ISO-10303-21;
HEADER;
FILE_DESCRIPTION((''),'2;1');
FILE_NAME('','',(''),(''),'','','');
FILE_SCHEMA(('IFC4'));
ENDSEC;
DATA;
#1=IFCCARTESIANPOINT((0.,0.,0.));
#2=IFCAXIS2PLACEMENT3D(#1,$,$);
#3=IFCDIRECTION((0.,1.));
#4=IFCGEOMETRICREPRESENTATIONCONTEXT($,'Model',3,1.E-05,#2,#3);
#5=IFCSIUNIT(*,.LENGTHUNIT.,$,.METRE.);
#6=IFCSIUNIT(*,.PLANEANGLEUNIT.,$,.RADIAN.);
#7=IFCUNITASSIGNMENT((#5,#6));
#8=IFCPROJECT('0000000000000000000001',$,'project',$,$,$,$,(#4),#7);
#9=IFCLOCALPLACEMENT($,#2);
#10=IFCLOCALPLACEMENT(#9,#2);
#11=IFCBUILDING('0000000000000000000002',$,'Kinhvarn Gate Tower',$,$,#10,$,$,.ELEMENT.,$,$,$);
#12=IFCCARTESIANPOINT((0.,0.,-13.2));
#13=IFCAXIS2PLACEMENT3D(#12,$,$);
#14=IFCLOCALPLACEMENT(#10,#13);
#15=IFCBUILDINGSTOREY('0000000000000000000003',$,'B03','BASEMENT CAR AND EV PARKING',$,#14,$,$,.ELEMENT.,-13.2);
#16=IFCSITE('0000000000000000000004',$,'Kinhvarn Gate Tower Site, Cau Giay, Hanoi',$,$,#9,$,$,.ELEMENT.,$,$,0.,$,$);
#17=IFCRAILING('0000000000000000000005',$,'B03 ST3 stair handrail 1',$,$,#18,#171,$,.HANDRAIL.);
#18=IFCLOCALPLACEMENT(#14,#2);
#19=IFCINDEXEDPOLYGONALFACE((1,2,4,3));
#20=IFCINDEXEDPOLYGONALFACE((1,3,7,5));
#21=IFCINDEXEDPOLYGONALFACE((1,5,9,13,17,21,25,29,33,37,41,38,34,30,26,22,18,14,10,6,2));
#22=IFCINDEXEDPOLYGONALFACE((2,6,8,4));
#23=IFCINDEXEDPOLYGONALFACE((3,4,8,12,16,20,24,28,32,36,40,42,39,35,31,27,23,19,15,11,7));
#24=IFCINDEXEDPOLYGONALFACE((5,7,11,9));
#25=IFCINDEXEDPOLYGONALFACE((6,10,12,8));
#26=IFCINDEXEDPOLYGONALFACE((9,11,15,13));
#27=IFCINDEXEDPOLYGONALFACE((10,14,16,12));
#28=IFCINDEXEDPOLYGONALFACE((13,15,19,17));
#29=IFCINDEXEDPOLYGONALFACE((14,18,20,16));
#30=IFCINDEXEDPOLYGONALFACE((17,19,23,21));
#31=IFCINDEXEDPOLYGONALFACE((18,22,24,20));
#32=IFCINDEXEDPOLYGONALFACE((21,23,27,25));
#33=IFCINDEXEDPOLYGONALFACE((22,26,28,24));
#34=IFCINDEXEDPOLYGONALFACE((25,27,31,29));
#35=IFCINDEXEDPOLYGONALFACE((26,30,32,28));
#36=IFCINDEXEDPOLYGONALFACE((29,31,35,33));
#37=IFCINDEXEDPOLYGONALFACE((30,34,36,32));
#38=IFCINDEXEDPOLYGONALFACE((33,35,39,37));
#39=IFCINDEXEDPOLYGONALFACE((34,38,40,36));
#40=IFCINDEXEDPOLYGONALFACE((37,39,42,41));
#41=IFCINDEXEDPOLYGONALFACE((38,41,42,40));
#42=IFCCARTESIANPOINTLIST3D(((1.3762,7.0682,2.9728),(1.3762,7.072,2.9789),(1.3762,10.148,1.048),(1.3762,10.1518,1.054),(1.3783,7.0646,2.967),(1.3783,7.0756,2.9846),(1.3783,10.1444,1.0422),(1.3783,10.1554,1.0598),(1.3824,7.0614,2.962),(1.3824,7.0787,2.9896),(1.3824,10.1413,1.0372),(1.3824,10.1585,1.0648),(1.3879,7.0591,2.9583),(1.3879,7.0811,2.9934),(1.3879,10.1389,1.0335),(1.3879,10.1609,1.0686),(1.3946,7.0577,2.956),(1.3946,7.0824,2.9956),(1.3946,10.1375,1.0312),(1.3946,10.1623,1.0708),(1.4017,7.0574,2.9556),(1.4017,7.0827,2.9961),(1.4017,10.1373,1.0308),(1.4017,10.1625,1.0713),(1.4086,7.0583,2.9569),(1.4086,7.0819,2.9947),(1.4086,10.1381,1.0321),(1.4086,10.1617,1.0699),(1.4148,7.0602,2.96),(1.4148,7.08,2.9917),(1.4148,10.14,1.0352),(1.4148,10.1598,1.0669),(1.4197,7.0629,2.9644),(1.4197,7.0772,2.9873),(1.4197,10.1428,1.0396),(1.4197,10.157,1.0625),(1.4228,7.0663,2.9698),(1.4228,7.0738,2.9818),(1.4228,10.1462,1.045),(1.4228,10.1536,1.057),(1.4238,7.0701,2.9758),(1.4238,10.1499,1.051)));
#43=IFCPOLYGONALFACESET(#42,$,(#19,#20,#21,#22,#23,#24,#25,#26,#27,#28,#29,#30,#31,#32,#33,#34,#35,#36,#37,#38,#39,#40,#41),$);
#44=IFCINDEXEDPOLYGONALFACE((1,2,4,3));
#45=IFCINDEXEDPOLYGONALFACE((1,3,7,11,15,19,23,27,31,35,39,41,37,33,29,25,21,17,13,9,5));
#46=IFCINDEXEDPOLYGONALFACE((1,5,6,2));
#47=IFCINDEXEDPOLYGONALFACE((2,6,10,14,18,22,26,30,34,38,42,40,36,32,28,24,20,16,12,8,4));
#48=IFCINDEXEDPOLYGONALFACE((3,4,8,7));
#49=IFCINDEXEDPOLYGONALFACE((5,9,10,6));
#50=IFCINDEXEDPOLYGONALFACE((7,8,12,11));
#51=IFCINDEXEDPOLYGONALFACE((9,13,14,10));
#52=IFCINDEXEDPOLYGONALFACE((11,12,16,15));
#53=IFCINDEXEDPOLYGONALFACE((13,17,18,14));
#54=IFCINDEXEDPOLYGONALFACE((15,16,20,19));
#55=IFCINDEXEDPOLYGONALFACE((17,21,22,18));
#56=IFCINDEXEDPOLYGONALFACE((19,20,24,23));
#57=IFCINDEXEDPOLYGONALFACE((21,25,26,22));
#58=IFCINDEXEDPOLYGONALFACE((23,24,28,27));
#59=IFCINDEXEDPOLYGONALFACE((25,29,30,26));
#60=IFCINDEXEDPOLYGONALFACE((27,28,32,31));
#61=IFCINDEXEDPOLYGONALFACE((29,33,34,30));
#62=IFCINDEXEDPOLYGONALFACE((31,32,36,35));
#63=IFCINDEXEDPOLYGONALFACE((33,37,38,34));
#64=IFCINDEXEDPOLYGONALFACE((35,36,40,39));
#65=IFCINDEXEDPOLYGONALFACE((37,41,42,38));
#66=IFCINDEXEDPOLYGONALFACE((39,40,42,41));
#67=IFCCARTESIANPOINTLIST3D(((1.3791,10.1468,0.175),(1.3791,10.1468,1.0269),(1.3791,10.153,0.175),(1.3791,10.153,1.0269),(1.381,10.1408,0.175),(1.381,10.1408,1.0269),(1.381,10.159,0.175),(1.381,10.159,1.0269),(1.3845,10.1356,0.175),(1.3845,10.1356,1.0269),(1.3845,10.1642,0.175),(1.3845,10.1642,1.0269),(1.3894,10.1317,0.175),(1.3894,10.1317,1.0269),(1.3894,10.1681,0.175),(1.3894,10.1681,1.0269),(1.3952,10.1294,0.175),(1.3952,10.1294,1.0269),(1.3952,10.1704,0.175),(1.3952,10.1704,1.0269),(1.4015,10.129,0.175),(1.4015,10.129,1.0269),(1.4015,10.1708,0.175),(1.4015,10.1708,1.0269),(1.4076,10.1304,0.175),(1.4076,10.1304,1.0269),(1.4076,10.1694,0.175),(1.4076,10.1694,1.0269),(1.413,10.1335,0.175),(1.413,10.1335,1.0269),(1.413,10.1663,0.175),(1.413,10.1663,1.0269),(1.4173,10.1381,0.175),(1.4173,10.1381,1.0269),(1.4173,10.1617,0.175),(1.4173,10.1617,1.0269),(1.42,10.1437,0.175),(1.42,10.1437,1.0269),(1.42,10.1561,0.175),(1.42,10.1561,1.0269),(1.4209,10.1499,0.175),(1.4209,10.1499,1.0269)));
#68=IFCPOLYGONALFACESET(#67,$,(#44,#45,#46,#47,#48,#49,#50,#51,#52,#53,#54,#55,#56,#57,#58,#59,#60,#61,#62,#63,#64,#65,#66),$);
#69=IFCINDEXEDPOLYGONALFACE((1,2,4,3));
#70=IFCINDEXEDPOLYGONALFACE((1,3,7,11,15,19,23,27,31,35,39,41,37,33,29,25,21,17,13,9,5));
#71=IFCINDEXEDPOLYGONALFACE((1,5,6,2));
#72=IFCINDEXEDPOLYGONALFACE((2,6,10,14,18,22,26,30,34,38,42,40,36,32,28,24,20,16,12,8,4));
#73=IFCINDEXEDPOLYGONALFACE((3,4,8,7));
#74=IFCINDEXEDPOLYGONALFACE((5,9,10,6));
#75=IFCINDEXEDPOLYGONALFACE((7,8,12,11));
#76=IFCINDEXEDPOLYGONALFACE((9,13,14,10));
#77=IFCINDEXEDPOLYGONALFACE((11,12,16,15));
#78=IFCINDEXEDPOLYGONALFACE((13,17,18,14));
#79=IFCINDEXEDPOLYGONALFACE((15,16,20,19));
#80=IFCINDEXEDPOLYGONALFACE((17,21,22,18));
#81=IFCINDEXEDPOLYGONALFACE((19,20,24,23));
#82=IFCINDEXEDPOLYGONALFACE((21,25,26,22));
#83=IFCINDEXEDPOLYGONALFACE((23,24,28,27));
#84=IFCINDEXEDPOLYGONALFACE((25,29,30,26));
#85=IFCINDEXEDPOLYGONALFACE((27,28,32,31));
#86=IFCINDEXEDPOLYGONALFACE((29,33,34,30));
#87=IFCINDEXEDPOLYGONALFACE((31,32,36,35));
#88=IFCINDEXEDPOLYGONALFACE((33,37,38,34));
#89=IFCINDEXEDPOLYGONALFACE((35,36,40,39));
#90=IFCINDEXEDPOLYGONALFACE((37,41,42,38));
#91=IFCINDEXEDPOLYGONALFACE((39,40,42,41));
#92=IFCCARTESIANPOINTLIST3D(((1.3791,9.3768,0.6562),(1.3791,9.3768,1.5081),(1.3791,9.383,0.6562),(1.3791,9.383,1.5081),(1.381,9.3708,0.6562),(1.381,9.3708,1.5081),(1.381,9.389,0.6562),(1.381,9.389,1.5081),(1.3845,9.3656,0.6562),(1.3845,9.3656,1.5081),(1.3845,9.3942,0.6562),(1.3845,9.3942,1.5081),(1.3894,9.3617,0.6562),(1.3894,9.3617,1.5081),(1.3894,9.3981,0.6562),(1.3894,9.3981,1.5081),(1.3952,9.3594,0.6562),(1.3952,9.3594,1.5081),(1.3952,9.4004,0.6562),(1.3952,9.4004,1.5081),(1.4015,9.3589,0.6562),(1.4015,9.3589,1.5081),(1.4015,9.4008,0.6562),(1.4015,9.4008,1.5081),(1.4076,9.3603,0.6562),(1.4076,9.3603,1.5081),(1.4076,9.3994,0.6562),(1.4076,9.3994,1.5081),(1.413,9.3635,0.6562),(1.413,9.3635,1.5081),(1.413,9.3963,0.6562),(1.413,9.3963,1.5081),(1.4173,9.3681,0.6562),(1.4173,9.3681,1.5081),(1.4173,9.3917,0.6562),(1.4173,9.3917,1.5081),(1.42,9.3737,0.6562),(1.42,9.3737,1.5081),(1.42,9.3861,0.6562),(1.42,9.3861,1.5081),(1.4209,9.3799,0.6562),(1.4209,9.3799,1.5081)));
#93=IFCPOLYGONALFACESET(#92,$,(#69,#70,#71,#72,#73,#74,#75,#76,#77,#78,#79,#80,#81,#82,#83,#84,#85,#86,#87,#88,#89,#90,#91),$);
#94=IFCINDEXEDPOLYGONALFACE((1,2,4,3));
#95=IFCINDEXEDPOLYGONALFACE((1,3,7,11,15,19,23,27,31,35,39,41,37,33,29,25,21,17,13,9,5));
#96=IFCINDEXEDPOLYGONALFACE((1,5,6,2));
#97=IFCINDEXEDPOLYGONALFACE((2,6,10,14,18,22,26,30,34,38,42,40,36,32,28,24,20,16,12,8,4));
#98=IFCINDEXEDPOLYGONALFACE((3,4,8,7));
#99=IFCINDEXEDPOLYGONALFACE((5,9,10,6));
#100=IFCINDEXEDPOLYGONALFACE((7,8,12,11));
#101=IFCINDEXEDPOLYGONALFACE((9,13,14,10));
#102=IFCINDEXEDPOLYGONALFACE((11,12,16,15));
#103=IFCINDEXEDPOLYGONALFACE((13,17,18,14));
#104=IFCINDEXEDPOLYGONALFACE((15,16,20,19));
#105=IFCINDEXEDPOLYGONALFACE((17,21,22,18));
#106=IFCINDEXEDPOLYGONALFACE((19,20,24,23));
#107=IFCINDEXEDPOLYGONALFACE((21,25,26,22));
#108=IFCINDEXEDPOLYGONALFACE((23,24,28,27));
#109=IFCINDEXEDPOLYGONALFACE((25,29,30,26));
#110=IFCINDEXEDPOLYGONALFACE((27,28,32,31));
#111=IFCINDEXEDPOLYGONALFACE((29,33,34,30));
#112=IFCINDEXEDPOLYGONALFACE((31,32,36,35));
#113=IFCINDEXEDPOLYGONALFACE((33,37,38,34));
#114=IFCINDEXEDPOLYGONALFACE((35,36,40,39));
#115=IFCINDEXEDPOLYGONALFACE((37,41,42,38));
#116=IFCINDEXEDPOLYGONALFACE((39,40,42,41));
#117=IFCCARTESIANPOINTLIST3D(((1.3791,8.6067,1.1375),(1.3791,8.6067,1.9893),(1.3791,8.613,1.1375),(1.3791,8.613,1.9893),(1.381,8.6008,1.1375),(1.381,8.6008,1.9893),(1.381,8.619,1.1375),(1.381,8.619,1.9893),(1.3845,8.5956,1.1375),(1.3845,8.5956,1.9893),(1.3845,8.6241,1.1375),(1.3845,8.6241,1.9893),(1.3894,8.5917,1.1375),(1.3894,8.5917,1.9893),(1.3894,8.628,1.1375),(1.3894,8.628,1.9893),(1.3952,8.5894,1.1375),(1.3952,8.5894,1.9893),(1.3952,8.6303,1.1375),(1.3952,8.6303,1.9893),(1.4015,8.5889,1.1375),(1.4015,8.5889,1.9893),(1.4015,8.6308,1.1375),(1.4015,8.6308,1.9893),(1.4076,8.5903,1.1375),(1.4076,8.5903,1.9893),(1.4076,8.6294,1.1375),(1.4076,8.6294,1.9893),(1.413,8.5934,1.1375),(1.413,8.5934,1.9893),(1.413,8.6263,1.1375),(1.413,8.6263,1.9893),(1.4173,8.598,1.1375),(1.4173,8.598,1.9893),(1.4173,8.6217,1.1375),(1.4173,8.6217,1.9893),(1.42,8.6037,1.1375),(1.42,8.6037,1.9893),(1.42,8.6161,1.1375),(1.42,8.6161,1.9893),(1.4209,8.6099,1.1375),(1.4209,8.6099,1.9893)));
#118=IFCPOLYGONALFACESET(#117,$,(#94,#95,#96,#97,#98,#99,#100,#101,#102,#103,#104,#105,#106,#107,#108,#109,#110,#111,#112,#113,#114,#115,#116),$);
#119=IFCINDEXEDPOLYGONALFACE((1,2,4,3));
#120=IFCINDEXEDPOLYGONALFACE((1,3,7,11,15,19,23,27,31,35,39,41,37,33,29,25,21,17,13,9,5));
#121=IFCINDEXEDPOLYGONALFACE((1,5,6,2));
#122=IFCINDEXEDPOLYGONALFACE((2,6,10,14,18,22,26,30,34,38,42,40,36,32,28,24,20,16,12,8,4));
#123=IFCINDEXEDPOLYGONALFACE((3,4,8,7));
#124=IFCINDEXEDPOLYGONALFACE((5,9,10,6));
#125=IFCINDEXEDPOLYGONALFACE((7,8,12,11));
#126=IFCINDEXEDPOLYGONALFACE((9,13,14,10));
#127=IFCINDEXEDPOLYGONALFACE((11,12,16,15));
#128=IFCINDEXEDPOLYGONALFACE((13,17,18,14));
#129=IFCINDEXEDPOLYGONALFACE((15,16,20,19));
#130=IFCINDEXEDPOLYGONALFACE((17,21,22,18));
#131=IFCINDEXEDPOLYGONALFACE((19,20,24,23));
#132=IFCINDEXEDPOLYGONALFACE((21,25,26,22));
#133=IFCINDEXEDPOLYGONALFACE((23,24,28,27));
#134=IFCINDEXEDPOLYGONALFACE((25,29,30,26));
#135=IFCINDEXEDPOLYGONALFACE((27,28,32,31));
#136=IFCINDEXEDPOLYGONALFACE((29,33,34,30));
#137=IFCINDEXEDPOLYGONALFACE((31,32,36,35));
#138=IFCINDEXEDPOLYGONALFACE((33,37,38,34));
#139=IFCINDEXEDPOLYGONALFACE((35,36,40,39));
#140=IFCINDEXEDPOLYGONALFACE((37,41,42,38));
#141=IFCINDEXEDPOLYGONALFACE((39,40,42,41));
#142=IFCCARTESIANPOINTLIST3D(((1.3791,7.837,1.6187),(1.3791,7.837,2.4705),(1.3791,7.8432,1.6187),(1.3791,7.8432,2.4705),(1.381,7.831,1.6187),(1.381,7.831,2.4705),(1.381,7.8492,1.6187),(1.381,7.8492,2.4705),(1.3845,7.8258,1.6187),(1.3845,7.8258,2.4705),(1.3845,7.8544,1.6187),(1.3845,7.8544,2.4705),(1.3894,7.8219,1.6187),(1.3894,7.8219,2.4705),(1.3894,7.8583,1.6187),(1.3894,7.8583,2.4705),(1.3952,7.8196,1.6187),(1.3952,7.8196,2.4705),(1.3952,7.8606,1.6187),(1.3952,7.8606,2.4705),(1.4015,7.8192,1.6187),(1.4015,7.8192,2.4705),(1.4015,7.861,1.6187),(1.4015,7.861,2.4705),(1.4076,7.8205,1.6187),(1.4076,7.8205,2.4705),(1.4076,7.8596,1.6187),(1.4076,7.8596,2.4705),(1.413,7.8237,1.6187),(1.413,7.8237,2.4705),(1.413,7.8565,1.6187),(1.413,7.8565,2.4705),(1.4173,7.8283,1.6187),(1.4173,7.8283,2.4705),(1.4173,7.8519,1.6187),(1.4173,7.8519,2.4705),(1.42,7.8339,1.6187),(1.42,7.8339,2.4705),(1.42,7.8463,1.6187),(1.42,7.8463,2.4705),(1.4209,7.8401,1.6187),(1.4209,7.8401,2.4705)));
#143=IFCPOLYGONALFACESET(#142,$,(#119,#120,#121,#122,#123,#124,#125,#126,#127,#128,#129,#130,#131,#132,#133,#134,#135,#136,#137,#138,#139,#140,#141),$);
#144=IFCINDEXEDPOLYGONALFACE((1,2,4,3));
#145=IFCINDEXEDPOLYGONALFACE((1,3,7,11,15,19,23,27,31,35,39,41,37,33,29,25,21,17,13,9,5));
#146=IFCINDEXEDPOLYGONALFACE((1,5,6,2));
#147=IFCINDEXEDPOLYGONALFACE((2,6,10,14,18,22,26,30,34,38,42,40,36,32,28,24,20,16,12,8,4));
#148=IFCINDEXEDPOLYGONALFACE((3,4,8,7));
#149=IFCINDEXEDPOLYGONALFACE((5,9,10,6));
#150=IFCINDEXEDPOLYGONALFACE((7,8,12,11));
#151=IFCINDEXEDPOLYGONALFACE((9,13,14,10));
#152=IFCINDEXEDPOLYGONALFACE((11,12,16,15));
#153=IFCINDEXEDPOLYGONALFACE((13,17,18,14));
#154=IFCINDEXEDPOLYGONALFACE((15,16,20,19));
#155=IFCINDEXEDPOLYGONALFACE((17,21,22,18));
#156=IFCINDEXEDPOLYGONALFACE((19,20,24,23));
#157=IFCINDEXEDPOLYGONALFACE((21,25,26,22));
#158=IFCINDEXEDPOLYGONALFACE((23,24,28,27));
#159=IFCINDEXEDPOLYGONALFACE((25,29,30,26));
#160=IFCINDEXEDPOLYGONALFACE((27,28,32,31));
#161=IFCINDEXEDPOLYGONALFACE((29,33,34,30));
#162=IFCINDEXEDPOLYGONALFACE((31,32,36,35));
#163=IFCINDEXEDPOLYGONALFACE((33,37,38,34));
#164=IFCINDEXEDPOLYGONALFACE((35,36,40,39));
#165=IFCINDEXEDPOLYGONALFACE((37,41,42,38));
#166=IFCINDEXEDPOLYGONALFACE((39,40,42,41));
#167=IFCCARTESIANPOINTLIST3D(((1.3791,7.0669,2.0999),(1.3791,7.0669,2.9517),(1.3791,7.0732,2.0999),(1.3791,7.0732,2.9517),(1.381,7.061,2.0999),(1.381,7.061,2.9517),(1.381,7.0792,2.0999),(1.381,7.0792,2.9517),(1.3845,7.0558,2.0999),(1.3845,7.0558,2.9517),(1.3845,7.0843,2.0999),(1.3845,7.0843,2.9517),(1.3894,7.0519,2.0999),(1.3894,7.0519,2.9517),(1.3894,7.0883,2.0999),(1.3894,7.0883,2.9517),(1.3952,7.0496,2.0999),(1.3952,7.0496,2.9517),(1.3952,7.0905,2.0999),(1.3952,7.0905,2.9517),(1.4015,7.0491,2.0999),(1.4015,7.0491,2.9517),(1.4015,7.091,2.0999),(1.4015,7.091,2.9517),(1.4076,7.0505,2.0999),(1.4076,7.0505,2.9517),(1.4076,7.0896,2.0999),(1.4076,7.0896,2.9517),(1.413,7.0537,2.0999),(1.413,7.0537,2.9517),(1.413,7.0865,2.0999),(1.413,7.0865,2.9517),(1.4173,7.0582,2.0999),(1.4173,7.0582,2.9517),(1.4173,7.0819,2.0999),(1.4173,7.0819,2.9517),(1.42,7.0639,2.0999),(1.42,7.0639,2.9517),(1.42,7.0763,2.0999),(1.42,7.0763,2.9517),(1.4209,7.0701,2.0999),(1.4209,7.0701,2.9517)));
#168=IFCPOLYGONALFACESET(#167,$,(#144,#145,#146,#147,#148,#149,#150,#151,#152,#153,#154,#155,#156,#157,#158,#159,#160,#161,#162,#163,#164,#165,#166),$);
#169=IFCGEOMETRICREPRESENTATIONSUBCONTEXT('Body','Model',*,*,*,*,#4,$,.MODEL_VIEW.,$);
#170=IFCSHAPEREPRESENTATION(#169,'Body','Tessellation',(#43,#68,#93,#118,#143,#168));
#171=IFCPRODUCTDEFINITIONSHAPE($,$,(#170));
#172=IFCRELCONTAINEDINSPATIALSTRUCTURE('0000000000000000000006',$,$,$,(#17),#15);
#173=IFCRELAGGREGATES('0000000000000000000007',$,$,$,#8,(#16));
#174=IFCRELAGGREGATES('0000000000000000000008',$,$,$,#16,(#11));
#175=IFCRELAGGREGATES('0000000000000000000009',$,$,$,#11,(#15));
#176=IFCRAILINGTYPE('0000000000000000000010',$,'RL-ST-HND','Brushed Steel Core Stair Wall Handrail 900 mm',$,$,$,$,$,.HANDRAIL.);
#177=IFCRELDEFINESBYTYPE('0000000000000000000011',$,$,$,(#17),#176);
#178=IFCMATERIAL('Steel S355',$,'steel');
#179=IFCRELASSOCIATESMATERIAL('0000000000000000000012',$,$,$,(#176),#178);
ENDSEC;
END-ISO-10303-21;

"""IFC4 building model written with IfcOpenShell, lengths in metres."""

from ifc_helpers import new_model, si_unit, direction, frame, origin, origin_2d, place, context, subcontext, project, spatial, circle, extrude, material, type_object, element, save


model = new_model("IFC4")

# Units and contexts
model_context = context("Model", 3, precision=1e-05, world=origin(), true_north=direction((0.0, 1.0)))
body_context = subcontext(model_context, "Body", "Model", "MODEL_VIEW")
ifc_project = project(units=[si_unit("LENGTHUNIT", "METRE"), si_unit("PLANEANGLEUNIT", "RADIAN")], contexts=[model_context])

# Site, building, storey
site_placement = place(None, origin())
site = spatial("IfcSite", under=ifc_project, at=site_placement, Name="Kinhvarn Gate Tower Site, Cau Giay, Hanoi", CompositionType="ELEMENT", RefElevation=0.0)
building_placement = place(site_placement, origin())
building = spatial("IfcBuilding", under=site, at=building_placement, Name="Kinhvarn Gate Tower", CompositionType="ELEMENT")
storey_placement = place(building_placement, frame((0.0, 0.0, -13.2)))
storey = spatial("IfcBuildingStorey", under=building, at=storey_placement, Name="B03", Description="BASEMENT CAR AND EV PARKING", CompositionType="ELEMENT", Elevation=-13.2)

# Shared definitions
ifc_material_1 = material(Name="Steel S355", Category="steel")

# Railing
railing_type_1 = type_object("IfcRailingType", Name="RL-ST-HND", Description="Brushed Steel Core Stair Wall Handrail 900 mm", PredefinedType="HANDRAIL", material=ifc_material_1)
railing_1_placement = place(storey_placement, frame((1.3999, 10.1499, 0.175)))
element("IfcRailing", 1, at=railing_1_placement, inside=storey, type_object=railing_type_1, Name="B03 ST3 stair handrail 1", PredefinedType="HANDRAIL", context=body_context, shape_type="SweptSolid", body=[
    extrude(circle(Radius=0.0239, at=origin_2d()), frame((0.0, 0.0, 0.876), z_axis=(0.0, -0.84801, 0.529981), x_axis=(1.0, 0.0, 0.0)), (0.0, 0.0, 1.0), 3.6318),
    extrude(circle(Radius=0.021, at=origin_2d()), origin(), (0.0, 0.0, 1.0), 0.8518),
    extrude(circle(Radius=0.021, at=origin_2d()), frame((0.0, -0.77, 0.4812)), (0.0, 0.0, 1.0), 0.8518),
    extrude(circle(Radius=0.021, at=origin_2d()), frame((0.0, -1.54, 0.9624)), (0.0, 0.0, 1.0), 0.8518),
    extrude(circle(Radius=0.021, at=origin_2d()), frame((0.0, -2.3098, 1.4436)), (0.0, 0.0, 1.0), 0.8518),
    extrude(circle(Radius=0.021, at=origin_2d()), frame((0.0, -3.0798, 1.9248)), (0.0, 0.0, 1.0), 0.8518),
])

save(model, "model.ifc")
